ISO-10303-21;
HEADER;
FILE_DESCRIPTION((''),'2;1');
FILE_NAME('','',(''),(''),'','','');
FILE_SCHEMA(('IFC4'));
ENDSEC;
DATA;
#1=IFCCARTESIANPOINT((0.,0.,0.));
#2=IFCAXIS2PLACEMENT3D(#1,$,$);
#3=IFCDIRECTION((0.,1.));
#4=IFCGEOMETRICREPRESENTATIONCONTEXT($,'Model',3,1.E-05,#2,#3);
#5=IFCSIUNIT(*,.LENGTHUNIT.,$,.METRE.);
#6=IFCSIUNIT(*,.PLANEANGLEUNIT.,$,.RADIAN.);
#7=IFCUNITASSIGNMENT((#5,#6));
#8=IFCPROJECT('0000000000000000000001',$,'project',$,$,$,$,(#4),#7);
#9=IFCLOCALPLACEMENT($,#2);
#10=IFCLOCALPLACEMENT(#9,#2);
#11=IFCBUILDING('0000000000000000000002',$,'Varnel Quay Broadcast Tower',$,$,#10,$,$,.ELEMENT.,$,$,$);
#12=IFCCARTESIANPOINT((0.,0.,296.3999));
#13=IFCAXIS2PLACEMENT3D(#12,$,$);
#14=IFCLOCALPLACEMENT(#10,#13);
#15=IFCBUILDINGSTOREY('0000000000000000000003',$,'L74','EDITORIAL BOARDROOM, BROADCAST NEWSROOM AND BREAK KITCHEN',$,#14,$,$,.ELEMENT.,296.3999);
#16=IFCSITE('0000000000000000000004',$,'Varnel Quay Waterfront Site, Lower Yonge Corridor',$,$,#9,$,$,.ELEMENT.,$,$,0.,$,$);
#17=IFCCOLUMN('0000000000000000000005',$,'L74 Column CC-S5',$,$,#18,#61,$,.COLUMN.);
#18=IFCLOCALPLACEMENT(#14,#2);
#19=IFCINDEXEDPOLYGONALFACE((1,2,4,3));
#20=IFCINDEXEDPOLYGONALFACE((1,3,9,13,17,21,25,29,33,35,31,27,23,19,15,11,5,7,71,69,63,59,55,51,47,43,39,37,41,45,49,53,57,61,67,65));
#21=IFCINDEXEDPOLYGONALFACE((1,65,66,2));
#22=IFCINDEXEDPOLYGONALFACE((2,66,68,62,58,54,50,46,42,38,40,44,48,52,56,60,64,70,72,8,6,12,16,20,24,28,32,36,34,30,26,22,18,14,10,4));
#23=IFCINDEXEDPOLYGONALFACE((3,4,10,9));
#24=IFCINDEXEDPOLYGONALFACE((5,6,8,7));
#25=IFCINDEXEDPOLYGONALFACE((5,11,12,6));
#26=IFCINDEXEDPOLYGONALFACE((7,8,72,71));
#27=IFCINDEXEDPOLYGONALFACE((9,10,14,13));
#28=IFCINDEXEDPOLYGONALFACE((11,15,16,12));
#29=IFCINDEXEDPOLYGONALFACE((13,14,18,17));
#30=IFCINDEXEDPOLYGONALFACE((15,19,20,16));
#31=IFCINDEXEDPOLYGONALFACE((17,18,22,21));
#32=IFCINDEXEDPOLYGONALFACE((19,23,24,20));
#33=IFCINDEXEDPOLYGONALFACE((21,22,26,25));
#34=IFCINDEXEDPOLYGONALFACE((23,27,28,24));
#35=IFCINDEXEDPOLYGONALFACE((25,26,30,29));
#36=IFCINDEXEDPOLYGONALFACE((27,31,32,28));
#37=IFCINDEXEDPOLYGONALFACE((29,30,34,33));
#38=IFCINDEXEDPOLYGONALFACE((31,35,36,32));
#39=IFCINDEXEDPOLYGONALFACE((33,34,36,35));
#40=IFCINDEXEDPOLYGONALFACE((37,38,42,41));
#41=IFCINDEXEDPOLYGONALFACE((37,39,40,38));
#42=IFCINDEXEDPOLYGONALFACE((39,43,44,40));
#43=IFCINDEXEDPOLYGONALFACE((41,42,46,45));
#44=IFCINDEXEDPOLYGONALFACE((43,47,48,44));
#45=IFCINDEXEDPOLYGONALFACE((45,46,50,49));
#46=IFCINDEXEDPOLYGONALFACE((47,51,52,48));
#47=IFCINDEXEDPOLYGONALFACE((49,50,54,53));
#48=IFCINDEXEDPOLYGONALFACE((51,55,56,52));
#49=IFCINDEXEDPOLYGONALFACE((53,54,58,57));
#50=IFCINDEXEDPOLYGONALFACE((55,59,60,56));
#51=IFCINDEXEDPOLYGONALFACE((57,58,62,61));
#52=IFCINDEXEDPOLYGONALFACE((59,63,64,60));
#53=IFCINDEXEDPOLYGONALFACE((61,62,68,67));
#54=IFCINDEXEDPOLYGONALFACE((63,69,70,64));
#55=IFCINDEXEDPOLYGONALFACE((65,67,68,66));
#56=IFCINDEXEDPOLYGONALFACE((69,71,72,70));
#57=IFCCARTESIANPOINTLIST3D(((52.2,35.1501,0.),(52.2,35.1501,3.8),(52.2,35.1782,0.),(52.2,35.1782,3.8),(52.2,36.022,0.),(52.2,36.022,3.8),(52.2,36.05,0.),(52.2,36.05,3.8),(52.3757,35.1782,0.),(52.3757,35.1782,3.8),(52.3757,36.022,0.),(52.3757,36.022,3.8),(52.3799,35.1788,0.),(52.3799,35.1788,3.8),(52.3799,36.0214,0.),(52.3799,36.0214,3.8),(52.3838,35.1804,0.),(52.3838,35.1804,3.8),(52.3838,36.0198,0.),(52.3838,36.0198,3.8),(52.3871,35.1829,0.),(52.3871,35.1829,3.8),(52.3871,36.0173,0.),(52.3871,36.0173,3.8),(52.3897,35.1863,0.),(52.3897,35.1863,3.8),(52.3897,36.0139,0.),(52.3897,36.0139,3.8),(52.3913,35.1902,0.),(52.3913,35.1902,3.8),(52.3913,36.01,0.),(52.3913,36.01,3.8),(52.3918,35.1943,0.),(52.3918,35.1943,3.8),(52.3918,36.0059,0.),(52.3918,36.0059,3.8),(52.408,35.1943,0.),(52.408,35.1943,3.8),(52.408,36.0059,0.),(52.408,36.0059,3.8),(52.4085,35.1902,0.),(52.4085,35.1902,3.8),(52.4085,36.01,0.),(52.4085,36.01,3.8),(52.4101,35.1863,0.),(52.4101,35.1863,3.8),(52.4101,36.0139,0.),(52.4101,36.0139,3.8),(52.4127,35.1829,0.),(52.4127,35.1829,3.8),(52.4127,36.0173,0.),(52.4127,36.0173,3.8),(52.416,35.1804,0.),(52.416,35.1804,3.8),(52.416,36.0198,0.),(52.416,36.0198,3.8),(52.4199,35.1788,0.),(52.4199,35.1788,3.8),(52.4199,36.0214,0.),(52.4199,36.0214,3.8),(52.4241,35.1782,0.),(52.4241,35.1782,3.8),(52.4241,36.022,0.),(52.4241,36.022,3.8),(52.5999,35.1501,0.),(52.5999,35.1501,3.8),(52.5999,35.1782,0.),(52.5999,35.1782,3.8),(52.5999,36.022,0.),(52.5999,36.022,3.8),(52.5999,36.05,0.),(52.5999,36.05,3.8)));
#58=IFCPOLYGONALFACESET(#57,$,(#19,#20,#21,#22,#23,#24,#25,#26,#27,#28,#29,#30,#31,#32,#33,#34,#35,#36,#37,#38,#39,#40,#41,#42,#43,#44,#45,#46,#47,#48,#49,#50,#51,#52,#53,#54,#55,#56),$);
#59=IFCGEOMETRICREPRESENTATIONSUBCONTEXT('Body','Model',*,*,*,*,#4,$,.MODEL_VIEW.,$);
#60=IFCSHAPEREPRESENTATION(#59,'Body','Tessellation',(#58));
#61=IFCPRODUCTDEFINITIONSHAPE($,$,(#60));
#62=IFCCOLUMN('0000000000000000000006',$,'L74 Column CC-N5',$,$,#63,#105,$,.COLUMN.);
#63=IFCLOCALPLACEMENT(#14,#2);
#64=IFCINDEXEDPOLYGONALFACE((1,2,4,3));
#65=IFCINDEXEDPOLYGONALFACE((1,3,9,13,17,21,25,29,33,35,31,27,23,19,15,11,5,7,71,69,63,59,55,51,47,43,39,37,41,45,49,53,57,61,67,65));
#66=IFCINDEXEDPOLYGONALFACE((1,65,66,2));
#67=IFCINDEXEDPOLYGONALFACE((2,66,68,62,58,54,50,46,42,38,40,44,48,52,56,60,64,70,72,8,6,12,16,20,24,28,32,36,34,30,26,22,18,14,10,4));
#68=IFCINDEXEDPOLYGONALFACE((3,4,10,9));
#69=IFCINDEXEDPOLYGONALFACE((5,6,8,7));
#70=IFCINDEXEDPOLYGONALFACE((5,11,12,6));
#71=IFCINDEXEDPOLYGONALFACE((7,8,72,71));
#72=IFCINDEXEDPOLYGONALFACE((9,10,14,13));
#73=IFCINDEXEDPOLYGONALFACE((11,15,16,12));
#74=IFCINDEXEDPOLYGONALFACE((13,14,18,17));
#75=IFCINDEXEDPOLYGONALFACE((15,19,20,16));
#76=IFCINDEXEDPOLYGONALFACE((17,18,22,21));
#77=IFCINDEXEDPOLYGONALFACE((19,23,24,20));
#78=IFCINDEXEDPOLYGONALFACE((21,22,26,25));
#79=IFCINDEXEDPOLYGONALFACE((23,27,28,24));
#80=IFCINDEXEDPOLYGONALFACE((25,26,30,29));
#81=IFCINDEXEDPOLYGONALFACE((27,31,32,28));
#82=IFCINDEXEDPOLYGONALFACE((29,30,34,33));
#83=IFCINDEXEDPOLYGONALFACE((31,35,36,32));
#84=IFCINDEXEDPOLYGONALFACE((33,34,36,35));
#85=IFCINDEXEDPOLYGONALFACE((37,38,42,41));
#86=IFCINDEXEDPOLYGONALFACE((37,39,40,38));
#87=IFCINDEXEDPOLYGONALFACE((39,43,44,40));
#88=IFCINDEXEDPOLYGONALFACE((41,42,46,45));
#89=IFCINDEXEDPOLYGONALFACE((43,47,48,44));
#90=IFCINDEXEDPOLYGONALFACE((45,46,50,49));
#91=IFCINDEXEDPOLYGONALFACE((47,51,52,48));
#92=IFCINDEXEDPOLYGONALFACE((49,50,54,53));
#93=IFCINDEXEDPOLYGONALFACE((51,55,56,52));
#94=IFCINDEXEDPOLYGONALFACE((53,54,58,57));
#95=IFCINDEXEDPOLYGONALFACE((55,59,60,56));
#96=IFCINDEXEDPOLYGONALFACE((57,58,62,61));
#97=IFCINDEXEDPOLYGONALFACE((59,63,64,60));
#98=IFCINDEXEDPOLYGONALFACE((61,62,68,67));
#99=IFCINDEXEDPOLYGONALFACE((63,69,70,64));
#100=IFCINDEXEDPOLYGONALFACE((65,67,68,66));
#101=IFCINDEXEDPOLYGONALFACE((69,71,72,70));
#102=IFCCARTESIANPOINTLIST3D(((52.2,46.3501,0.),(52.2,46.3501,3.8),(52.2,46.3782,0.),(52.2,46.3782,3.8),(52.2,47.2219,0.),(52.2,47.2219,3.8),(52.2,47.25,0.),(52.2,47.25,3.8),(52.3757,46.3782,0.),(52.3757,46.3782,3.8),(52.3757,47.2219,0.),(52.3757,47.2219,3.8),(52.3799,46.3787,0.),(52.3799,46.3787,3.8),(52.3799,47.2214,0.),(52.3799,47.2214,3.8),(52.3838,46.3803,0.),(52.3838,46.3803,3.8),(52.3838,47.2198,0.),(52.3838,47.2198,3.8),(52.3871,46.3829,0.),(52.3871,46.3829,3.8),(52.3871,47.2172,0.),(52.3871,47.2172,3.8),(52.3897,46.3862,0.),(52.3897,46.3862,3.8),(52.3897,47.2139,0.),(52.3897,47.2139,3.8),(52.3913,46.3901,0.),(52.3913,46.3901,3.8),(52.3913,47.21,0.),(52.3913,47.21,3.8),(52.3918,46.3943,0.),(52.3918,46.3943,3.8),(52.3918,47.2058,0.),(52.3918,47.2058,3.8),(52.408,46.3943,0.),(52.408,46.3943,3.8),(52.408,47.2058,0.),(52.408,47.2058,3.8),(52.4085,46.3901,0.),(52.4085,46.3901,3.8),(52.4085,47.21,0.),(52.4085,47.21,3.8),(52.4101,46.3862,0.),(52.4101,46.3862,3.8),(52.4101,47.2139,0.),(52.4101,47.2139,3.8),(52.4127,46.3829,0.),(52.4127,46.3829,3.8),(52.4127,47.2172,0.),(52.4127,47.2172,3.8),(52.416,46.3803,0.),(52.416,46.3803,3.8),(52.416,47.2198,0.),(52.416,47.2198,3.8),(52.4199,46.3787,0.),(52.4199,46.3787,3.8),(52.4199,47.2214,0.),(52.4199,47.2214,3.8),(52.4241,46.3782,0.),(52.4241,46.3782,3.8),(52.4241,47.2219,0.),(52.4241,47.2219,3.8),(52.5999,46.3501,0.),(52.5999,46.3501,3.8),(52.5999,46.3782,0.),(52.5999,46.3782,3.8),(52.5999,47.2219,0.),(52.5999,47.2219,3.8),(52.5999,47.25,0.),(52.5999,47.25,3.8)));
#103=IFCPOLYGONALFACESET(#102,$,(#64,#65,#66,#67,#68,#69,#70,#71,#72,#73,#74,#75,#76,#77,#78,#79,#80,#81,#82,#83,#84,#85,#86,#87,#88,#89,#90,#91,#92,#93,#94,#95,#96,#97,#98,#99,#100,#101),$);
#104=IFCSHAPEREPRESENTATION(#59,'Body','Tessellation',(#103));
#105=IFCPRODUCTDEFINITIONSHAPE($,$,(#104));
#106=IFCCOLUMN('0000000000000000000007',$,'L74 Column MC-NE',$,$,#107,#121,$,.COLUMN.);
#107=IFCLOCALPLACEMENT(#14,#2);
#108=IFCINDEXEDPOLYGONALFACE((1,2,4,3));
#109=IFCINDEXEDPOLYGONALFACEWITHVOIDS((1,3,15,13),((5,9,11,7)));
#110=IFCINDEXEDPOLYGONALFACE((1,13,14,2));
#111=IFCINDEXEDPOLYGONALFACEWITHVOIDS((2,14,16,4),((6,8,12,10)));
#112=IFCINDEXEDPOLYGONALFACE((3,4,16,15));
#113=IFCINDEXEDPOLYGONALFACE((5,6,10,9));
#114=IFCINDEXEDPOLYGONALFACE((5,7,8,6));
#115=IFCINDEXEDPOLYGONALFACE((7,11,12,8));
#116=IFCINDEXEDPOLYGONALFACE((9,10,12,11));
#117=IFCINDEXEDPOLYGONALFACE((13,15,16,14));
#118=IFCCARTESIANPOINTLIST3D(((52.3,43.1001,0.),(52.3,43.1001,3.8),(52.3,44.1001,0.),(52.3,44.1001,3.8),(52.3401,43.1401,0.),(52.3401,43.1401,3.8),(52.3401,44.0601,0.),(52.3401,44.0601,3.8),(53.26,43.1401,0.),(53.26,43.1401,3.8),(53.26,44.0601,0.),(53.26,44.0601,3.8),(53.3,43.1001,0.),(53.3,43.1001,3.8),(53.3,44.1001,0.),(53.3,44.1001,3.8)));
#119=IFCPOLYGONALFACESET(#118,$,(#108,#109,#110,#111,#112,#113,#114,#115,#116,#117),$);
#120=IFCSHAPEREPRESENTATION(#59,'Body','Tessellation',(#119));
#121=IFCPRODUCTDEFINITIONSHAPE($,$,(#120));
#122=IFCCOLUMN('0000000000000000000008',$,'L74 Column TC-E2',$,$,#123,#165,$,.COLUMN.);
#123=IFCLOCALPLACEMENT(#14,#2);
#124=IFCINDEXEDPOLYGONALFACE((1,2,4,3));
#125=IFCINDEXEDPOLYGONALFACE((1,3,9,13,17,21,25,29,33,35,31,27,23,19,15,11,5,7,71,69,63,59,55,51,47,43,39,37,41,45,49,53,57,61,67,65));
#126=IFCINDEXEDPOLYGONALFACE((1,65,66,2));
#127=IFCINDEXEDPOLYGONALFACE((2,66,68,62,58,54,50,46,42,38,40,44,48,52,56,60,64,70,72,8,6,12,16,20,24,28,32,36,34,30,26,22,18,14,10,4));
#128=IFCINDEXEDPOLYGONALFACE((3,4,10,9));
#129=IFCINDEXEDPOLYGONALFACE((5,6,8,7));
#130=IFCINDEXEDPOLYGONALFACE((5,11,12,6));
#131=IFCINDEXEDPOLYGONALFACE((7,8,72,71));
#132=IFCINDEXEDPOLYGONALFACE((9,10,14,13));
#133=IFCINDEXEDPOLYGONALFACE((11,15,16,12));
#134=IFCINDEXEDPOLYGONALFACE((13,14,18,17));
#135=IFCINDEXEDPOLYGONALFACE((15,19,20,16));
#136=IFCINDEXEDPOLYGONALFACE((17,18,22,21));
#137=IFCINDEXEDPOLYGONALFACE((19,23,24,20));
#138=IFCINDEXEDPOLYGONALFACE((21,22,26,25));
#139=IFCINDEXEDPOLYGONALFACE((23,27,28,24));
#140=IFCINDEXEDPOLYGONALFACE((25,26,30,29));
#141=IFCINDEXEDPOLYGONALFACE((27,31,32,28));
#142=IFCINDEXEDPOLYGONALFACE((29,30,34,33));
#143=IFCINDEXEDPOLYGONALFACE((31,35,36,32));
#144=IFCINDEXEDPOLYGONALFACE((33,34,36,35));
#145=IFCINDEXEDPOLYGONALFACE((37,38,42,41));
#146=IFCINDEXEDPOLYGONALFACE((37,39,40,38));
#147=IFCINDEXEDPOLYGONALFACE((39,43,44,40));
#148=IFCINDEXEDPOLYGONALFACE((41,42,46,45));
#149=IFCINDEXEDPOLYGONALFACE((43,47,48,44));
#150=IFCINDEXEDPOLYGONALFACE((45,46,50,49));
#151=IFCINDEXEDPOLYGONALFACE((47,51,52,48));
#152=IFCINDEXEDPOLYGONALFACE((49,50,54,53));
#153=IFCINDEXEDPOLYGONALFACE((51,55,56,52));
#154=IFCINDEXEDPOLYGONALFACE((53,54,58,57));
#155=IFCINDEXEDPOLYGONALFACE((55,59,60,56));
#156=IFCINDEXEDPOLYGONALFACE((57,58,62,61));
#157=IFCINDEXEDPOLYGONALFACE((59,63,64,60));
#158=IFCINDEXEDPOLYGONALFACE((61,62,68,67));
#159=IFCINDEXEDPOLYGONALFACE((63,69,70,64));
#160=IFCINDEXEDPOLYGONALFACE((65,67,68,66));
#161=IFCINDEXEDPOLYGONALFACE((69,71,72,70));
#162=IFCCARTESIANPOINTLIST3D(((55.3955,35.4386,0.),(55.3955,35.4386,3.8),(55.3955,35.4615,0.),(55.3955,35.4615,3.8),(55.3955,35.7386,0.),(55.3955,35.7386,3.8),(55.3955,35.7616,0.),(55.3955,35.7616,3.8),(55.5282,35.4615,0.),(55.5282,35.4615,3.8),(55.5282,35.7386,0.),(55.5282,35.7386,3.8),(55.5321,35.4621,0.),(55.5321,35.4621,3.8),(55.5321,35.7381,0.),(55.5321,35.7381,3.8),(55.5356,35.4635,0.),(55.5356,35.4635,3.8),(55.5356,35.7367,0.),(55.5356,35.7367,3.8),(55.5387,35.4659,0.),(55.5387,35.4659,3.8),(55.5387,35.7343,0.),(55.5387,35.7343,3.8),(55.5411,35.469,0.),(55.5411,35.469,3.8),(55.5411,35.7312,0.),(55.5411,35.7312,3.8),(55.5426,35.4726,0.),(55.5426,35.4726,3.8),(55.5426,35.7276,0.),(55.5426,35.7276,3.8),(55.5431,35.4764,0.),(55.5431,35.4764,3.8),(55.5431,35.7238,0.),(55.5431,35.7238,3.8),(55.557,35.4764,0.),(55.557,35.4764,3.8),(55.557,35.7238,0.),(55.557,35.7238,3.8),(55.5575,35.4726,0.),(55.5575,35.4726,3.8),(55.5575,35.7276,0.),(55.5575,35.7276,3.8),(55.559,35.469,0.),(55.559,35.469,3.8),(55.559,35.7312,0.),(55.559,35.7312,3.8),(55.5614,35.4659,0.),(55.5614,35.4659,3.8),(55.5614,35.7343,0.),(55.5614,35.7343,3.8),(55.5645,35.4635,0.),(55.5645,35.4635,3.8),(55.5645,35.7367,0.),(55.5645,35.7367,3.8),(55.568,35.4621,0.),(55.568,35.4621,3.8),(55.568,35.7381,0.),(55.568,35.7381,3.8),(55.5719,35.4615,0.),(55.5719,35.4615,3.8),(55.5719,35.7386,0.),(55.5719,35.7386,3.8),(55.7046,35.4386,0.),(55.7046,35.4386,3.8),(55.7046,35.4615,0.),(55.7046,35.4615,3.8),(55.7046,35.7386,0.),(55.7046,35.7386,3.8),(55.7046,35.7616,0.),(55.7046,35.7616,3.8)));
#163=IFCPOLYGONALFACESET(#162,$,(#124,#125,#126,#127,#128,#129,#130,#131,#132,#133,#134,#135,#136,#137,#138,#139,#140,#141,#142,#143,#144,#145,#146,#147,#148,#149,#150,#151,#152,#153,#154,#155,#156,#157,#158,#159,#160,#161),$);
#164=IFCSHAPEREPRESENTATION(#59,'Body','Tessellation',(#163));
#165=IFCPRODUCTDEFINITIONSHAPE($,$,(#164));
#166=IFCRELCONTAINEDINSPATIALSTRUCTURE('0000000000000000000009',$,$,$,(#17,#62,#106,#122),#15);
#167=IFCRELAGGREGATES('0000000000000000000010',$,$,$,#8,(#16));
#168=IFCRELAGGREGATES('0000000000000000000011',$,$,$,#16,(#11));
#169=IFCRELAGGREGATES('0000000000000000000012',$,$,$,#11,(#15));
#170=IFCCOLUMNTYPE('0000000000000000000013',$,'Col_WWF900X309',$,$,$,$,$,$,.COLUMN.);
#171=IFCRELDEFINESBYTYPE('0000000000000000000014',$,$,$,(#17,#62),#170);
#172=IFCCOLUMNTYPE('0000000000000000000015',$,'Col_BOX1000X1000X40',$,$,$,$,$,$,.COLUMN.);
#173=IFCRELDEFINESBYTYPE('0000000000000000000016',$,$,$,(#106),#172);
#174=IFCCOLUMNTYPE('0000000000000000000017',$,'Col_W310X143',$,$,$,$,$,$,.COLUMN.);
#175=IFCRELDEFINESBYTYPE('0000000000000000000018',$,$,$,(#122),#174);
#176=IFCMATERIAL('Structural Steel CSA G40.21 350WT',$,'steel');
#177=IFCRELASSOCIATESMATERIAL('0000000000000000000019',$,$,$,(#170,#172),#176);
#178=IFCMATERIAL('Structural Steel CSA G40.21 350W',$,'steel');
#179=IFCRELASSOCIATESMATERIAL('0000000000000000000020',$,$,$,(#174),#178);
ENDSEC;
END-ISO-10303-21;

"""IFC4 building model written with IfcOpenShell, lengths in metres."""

from ifc_helpers import new_model, si_unit, direction, frame, origin, origin_2d, place, context, subcontext, project, spatial, hollow_rectangle, i_section, extrude, source, transform, mapped, material, material_profile, profile_set, type_object, type_shapes, element, save


model = new_model("IFC4")

# Units and contexts
model_context = context("Model", 3, precision=1e-05, world=origin(), true_north=direction((0.0, 1.0)))
body_context = subcontext(model_context, "Body", "Model", "MODEL_VIEW")
ifc_project = project(units=[si_unit("LENGTHUNIT", "METRE"), si_unit("PLANEANGLEUNIT", "RADIAN")], contexts=[model_context])

# Site, building, storey
site_placement = place(None, origin())
site = spatial("IfcSite", under=ifc_project, at=site_placement, Name="Varnel Quay Waterfront Site, Lower Yonge Corridor", CompositionType="ELEMENT", RefElevation=0.0)
building_placement = place(site_placement, origin())
building = spatial("IfcBuilding", under=site, at=building_placement, Name="Varnel Quay Broadcast Tower", CompositionType="ELEMENT")
storey_placement = place(building_placement, frame((0.0, 0.0, 296.3999)))
storey = spatial("IfcBuildingStorey", under=building, at=storey_placement, Name="L74", Description="EDITORIAL BOARDROOM, BROADCAST NEWSROOM AND BREAK KITCHEN", CompositionType="ELEMENT", Elevation=296.3999)

# Columns
ifc_material_1 = material(Name="Structural Steel CSA G40.21 350WT", Category="steel")
ifc_material_profile_1 = material_profile(ifc_material_1, i_section(OverallWidth=0.3999, OverallDepth=0.8999, WebThickness=0.0161, FlangeThickness=0.0281, FilletRadius=0.0161, at=origin_2d()), Name="WWF900X309")
ifc_profile_set_1 = profile_set([ifc_material_profile_1], Name="Structural Steel CSA G40.21 350WT")
column_type_1 = type_object("IfcColumnType", Name="Col_WWF900X309", PredefinedType="COLUMN", material=ifc_profile_set_1)
shared_shape_1 = source(origin(), body_context, "Body", "SweptSolid", [
    extrude(i_section(OverallWidth=0.3999, OverallDepth=0.8999, WebThickness=0.0161, FlangeThickness=0.0281, FilletRadius=0.0161, at=origin_2d()), origin(), (0.0, 0.0, 1.0), 3.8),
])
type_shapes(column_type_1, [shared_shape_1])
for number, where, z_axis, x_axis, name in (
    (1, (52.3999, 35.6001, 0.0), (0.0, 0.0, 1.0), (1.0, 0.0, 0.0), "L74 Column CC-S5"),
    (2, (52.3999, 46.8, 0.0), (0.0, 0.0, 1.0), (1.0, 0.0, 0.0), "L74 Column CC-N5"),
):
    element("IfcColumn", number, at=place(storey_placement, frame(where, z_axis=z_axis, x_axis=x_axis)), inside=storey, type_object=column_type_1, Name=name, PredefinedType="COLUMN", context=body_context, shape_type="MappedRepresentation", body=[
        mapped(shared_shape_1, transform((0.0, 0.0, 0.0), x_axis=(1.0, 0.0, 0.0), y_axis=(0.0, 1.0, 0.0), z_axis=(0.0, 0.0, 1.0), scale=1.0)),
    ])
ifc_material_profile_2 = material_profile(ifc_material_1, hollow_rectangle(XDim=1.0, YDim=1.0, WallThickness=0.04, at=origin_2d()), Name="BOX1000X1000X40")
ifc_profile_set_2 = profile_set([ifc_material_profile_2], Name="Structural Steel CSA G40.21 350WT")
column_type_2 = type_object("IfcColumnType", Name="Col_BOX1000X1000X40", PredefinedType="COLUMN", material=ifc_profile_set_2)
shared_shape_2 = source(origin(), body_context, "Body", "SweptSolid", [
    extrude(hollow_rectangle(XDim=1.0, YDim=1.0, WallThickness=0.04, at=origin_2d()), origin(), (0.0, 0.0, 1.0), 3.8),
])
type_shapes(column_type_2, [shared_shape_2])
column_1_placement = place(storey_placement, frame((52.8, 43.6001, 0.0), z_axis=(0.0, 0.0, 1.0), x_axis=(1.0, 0.0, 0.0)))
element("IfcColumn", 3, at=column_1_placement, inside=storey, type_object=column_type_2, Name="L74 Column MC-NE", PredefinedType="COLUMN", context=body_context, shape_type="MappedRepresentation", body=[
    mapped(shared_shape_2, transform((0.0, 0.0, 0.0), x_axis=(1.0, 0.0, 0.0), y_axis=(0.0, 1.0, 0.0), z_axis=(0.0, 0.0, 1.0), scale=1.0)),
])
ifc_material_2 = material(Name="Structural Steel CSA G40.21 350W", Category="steel")
ifc_material_profile_3 = material_profile(ifc_material_2, i_section(OverallWidth=0.3091, OverallDepth=0.323, WebThickness=0.0139, FlangeThickness=0.0229, FilletRadius=0.0149, at=origin_2d()), Name="W310X143")
ifc_profile_set_3 = profile_set([ifc_material_profile_3], Name="Structural Steel CSA G40.21 350W")
column_type_3 = type_object("IfcColumnType", Name="Col_W310X143", PredefinedType="COLUMN", material=ifc_profile_set_3)
shared_shape_3 = source(origin(), body_context, "Body", "SweptSolid", [
    extrude(i_section(OverallWidth=0.3091, OverallDepth=0.323, WebThickness=0.0139, FlangeThickness=0.0229, FilletRadius=0.0149, at=origin_2d()), origin(), (0.0, 0.0, 1.0), 3.8),
])
type_shapes(column_type_3, [shared_shape_3])
column_2_placement = place(storey_placement, frame((55.55, 35.6001, 0.0), z_axis=(0.0, 0.0, 1.0), x_axis=(1.0, 0.0, 0.0)))
element("IfcColumn", 4, at=column_2_placement, inside=storey, type_object=column_type_3, Name="L74 Column TC-E2", PredefinedType="COLUMN", context=body_context, shape_type="MappedRepresentation", body=[
    mapped(shared_shape_3, transform((0.0, 0.0, 0.0), x_axis=(1.0, 0.0, 0.0), y_axis=(0.0, 1.0, 0.0), z_axis=(0.0, 0.0, 1.0), scale=1.0)),
])

save(model, "model.ifc")
